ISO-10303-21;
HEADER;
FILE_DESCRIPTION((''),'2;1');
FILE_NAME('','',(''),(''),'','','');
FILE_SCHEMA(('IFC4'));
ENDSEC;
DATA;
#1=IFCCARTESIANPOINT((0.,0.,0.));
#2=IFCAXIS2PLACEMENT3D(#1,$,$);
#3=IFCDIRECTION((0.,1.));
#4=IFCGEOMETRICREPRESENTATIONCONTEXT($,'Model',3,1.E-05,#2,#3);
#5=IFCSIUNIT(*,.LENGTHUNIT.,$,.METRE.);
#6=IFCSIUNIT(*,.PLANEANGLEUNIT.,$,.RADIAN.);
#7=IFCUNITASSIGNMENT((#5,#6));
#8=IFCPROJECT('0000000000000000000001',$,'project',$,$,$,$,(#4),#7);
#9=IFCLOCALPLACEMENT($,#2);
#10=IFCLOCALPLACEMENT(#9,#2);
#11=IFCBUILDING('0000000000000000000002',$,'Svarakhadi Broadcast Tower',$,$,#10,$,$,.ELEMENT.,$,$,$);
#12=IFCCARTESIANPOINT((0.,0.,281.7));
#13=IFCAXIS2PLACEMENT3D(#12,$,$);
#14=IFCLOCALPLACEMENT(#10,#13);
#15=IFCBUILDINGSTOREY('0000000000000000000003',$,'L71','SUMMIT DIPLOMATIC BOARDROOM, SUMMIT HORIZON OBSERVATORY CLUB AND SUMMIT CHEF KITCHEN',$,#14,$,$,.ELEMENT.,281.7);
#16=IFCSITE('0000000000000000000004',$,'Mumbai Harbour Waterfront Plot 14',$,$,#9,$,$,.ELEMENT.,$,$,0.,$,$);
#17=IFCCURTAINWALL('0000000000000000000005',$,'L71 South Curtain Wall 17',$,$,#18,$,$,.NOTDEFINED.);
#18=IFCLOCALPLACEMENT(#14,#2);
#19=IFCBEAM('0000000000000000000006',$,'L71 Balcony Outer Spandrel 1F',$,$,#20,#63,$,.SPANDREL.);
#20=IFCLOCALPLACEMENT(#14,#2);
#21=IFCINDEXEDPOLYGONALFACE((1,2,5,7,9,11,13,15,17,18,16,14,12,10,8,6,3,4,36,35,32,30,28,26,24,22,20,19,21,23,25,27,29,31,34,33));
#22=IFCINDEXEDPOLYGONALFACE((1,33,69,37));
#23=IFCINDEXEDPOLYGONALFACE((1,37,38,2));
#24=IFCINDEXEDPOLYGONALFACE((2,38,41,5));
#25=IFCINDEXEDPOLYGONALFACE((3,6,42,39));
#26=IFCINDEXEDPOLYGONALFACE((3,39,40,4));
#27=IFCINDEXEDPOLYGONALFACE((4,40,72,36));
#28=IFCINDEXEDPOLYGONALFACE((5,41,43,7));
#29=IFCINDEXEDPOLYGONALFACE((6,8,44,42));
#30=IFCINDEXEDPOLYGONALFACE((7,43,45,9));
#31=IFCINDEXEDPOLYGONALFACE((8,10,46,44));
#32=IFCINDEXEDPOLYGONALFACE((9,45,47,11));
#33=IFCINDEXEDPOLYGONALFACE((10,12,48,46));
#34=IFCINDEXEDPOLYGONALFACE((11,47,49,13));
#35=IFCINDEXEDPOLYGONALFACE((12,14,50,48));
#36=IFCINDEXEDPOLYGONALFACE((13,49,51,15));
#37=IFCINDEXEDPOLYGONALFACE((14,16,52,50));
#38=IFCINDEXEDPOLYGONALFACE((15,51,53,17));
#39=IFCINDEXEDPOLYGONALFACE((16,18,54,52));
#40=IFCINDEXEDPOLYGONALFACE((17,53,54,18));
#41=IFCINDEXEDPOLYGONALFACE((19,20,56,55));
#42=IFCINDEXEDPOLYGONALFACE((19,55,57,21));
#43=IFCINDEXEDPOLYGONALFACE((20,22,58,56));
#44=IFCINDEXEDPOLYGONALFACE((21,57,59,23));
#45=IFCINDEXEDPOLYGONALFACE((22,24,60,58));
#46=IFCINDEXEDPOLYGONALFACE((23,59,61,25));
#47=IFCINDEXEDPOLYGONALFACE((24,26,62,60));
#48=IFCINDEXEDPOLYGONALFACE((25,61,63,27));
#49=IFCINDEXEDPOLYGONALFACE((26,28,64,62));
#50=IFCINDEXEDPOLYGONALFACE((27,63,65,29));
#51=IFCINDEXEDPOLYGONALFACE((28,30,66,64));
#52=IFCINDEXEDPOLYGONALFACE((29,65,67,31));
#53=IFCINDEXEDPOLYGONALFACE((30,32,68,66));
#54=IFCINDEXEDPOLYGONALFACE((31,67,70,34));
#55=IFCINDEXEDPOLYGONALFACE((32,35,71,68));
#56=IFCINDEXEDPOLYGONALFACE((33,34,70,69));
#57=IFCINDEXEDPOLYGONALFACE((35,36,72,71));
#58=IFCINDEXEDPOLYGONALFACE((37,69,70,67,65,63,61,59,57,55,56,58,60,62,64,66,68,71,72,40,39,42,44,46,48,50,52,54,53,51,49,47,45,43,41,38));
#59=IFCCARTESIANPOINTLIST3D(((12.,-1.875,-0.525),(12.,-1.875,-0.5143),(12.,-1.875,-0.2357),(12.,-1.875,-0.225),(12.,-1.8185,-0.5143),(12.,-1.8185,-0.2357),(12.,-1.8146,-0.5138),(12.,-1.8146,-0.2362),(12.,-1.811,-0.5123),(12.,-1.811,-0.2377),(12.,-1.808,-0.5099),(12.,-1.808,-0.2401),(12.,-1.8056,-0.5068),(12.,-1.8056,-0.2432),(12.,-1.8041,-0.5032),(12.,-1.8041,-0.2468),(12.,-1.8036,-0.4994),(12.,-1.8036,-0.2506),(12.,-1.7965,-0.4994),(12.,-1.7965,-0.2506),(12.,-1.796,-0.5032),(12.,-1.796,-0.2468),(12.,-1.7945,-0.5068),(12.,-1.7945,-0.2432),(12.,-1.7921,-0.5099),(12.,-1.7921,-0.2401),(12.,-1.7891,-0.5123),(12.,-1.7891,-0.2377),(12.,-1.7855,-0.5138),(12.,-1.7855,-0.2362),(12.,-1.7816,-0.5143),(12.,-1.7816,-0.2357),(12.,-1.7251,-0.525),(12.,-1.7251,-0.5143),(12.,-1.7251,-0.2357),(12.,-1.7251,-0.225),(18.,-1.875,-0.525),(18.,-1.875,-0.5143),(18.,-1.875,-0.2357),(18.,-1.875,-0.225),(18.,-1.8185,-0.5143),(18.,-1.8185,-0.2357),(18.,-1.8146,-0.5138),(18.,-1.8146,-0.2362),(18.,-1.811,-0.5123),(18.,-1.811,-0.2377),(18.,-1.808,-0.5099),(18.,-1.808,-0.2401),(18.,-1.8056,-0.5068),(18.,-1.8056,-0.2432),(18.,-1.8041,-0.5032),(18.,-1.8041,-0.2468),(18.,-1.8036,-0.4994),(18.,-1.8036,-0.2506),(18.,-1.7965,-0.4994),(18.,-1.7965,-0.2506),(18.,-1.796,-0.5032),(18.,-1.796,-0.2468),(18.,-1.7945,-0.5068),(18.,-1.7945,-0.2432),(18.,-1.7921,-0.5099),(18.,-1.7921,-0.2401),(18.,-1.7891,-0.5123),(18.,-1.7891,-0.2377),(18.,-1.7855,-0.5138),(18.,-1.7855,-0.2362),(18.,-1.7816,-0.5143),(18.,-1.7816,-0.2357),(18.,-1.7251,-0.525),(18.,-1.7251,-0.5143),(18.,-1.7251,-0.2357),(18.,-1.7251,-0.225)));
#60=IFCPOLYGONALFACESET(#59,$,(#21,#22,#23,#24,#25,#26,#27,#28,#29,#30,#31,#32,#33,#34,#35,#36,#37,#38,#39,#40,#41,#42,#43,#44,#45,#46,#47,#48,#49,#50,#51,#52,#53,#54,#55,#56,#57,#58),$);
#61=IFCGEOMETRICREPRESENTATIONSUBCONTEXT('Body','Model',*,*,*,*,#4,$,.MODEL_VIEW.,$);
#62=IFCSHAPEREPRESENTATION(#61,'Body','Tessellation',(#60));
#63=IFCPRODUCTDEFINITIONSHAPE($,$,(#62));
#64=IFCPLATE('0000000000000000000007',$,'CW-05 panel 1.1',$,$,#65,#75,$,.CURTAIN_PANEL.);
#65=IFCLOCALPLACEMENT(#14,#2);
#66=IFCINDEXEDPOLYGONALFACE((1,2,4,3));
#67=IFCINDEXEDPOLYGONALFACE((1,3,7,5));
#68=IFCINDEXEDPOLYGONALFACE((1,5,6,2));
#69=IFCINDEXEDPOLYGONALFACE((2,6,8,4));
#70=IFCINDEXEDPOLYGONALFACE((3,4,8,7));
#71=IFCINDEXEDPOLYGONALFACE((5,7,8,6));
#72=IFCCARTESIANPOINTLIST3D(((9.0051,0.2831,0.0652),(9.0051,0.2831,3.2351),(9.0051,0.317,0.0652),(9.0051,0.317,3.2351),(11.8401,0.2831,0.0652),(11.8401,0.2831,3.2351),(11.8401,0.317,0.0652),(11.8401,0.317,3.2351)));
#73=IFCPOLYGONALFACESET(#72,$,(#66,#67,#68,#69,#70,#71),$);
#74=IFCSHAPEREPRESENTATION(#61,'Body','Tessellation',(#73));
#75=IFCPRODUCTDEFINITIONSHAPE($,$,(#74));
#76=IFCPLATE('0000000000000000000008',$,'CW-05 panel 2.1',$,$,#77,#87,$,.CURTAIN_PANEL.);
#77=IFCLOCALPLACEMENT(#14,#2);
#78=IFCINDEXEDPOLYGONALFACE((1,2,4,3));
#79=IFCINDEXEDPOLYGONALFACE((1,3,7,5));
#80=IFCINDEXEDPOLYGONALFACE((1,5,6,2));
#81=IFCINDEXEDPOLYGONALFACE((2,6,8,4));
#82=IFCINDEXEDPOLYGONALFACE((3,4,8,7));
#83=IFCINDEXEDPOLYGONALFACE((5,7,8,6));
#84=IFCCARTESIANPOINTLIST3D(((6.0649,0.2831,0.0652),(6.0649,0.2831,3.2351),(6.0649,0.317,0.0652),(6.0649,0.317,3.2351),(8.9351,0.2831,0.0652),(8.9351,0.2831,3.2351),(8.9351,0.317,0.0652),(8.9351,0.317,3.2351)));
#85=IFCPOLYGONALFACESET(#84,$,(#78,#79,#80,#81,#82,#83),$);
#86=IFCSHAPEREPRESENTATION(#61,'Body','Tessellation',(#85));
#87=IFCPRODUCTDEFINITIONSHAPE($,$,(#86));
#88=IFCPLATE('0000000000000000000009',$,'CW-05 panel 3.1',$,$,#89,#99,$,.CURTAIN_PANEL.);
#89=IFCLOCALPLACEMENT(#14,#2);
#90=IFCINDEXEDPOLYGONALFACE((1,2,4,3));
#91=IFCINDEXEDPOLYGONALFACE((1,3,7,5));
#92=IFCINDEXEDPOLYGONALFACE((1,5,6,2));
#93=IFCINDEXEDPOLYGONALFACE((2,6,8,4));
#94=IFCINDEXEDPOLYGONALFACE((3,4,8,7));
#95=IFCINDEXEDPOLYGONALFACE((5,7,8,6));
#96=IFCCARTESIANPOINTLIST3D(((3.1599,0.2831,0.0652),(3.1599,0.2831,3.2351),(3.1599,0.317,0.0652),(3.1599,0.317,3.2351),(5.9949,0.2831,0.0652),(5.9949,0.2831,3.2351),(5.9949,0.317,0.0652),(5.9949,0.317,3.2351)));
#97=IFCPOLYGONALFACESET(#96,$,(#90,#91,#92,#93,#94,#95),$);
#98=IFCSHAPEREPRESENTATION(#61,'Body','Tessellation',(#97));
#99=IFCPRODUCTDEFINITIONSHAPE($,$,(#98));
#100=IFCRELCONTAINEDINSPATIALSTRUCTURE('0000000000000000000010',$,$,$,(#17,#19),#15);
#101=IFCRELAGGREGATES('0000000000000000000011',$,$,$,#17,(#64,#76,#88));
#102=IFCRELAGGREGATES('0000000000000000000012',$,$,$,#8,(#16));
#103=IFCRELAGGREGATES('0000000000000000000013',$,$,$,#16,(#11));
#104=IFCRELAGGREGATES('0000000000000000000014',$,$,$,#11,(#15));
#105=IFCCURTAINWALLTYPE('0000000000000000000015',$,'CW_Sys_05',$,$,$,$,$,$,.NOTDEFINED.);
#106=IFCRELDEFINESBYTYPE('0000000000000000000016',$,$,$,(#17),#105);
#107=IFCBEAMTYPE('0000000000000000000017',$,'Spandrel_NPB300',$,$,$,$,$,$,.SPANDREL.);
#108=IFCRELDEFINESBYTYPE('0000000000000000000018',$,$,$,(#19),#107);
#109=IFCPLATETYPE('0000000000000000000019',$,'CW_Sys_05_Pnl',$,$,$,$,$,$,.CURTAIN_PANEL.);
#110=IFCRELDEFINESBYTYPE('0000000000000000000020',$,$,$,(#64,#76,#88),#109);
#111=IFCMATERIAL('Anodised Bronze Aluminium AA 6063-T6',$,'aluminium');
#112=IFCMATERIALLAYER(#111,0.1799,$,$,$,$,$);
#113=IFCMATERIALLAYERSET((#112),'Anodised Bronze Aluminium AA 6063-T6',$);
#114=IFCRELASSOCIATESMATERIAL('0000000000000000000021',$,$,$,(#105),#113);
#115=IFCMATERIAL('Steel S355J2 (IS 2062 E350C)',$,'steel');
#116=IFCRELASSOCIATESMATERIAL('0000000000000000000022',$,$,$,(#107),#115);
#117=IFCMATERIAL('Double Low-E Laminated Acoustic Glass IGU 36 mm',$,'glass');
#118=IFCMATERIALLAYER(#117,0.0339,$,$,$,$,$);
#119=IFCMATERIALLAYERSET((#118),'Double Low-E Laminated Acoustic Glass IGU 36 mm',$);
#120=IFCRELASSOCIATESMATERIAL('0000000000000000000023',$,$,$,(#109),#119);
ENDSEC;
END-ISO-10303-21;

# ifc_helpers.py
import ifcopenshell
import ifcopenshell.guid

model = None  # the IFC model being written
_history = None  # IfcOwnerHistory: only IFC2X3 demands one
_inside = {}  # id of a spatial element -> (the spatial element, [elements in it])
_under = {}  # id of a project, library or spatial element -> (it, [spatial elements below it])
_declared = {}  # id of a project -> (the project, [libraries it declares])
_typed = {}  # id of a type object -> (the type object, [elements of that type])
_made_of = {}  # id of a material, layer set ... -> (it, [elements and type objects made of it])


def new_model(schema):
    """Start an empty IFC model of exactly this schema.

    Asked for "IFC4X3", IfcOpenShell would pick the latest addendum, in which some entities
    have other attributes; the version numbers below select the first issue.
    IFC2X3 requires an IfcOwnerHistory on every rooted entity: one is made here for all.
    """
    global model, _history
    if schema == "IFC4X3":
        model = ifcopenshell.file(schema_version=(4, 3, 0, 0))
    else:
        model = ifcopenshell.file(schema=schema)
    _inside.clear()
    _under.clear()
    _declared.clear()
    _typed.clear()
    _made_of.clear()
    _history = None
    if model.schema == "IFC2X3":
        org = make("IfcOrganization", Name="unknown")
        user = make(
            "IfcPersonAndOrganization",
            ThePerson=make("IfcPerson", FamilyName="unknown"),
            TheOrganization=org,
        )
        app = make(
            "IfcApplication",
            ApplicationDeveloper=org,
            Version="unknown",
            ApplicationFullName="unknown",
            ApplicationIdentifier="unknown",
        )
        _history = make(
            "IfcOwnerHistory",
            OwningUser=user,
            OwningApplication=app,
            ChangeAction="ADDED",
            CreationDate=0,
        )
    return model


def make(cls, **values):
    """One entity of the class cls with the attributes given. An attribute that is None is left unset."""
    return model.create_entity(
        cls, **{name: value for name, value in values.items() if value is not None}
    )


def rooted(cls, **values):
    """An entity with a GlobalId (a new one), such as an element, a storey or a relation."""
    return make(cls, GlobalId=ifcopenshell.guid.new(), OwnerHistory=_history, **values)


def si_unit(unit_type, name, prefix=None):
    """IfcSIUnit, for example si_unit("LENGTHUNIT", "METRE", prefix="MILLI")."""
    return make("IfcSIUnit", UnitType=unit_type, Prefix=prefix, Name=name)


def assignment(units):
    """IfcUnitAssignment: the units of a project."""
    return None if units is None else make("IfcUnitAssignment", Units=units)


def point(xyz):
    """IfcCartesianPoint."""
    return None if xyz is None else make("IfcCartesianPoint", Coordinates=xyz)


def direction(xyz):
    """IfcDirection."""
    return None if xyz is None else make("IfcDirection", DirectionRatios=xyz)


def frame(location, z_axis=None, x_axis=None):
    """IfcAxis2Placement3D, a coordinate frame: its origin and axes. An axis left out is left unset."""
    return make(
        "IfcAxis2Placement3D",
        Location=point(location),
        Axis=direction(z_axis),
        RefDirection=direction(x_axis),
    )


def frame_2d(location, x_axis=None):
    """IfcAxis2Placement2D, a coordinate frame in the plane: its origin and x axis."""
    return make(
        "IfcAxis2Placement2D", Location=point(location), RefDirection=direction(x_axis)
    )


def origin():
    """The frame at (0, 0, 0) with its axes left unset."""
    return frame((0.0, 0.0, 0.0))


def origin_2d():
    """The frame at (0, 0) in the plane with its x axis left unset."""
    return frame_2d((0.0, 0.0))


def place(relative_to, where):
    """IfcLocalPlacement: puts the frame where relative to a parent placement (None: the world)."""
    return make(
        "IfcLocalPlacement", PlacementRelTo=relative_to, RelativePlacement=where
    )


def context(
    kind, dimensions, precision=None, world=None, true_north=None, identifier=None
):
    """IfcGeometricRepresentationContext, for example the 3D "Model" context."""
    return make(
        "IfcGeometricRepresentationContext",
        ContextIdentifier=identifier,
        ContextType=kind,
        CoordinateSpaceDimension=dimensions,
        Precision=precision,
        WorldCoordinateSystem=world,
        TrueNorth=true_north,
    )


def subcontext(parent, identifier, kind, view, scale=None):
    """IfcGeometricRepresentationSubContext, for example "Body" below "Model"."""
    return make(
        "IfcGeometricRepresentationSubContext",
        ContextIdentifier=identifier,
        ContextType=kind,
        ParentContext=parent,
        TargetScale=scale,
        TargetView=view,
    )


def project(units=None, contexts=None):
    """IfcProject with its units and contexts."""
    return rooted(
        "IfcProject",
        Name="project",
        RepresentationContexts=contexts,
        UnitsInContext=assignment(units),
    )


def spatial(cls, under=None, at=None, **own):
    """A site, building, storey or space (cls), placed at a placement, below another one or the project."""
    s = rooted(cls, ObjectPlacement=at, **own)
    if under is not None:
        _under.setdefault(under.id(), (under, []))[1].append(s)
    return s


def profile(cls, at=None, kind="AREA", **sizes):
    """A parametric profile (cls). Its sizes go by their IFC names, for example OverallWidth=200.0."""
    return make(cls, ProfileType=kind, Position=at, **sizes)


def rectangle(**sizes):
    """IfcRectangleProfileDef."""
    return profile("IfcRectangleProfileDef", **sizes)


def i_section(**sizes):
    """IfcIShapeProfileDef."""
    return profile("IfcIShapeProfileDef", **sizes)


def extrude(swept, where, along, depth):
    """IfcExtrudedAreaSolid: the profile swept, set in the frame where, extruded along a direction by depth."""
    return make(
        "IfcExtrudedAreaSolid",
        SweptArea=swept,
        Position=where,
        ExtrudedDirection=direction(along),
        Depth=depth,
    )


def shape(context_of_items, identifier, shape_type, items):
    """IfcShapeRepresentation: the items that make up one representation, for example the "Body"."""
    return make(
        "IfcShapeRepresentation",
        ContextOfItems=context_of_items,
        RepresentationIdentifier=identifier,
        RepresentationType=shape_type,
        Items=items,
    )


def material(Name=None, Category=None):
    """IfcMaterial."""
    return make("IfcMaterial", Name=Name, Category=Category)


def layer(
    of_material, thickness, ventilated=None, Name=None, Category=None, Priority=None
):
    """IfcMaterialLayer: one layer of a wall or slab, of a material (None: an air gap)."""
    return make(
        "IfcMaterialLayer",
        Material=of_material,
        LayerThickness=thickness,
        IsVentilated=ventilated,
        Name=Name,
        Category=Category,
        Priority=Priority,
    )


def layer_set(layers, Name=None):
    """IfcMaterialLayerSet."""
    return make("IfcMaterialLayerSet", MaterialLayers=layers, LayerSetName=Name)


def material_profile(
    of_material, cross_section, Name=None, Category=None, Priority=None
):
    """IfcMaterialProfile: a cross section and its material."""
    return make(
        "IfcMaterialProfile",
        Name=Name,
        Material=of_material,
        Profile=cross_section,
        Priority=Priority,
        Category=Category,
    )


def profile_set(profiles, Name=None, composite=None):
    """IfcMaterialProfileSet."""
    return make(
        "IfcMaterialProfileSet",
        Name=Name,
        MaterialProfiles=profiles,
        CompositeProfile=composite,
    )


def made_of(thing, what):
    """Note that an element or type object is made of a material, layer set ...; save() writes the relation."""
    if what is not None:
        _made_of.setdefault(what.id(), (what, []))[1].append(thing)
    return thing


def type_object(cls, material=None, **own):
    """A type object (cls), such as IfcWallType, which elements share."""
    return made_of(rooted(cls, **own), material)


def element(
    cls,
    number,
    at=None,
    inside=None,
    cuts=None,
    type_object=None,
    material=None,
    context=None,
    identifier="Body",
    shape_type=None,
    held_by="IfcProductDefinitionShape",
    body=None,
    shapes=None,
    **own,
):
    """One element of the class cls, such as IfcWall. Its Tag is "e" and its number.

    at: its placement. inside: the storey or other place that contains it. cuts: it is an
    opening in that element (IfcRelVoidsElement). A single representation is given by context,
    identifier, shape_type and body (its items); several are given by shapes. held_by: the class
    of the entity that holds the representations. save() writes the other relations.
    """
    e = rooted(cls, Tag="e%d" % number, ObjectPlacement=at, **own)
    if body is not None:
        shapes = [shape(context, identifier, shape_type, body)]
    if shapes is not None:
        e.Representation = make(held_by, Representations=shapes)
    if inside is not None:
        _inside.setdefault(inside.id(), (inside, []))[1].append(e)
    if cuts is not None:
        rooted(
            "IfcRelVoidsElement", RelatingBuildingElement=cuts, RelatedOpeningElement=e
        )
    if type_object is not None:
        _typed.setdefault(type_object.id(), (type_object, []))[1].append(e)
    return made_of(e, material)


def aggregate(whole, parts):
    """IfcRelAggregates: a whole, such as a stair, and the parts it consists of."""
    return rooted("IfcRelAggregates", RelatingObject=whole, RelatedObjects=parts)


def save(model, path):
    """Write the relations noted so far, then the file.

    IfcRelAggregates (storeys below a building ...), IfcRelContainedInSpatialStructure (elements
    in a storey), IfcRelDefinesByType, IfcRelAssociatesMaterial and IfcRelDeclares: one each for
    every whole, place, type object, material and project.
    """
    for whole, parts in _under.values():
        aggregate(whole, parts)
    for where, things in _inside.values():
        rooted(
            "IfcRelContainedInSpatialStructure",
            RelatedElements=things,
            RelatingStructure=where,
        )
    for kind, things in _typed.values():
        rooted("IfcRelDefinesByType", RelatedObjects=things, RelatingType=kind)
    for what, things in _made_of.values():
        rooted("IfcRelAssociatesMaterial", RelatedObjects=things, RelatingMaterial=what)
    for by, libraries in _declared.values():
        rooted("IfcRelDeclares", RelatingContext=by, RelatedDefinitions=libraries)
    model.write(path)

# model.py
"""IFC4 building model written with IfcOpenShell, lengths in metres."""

from ifc_helpers import new_model, si_unit, direction, frame, origin, origin_2d, place, context, subcontext, project, spatial, rectangle, i_section, extrude, material, layer, layer_set, material_profile, profile_set, type_object, element, aggregate, save


model = new_model("IFC4")

# Units and contexts
model_context = context("Model", 3, precision=1e-05, world=origin(), true_north=direction((0.0, 1.0)))
body_context = subcontext(model_context, "Body", "Model", "MODEL_VIEW")
ifc_project = project(units=[si_unit("LENGTHUNIT", "METRE"), si_unit("PLANEANGLEUNIT", "RADIAN")], contexts=[model_context])

# Site, building, storey
site_placement = place(None, origin())
site = spatial("IfcSite", under=ifc_project, at=site_placement, Name="Mumbai Harbour Waterfront Plot 14", CompositionType="ELEMENT", RefElevation=0.0)
building_placement = place(site_placement, origin())
building = spatial("IfcBuilding", under=site, at=building_placement, Name="Svarakhadi Broadcast Tower", CompositionType="ELEMENT")
storey_placement = place(building_placement, frame((0.0, 0.0, 281.7)))
storey = spatial("IfcBuildingStorey", under=building, at=storey_placement, Name="L71", Description="SUMMIT DIPLOMATIC BOARDROOM, SUMMIT HORIZON OBSERVATORY CLUB AND SUMMIT CHEF KITCHEN", CompositionType="ELEMENT", Elevation=281.7)

# Curtain wall
ifc_material_1 = material(Name="Anodised Bronze Aluminium AA 6063-T6", Category="aluminium")
ifc_layer_1 = layer(ifc_material_1, 0.1799)
ifc_layer_set_1 = layer_set([ifc_layer_1], Name="Anodised Bronze Aluminium AA 6063-T6")
curtain_wall_type = type_object("IfcCurtainWallType", Name="CW_Sys_05", PredefinedType="NOTDEFINED", material=ifc_layer_set_1)
curtain_wall_placement = place(storey_placement, origin())
curtain_wall = element("IfcCurtainWall", 1, at=curtain_wall_placement, inside=storey, type_object=curtain_wall_type, Name="L71 South Curtain Wall 17", PredefinedType="NOTDEFINED")

# Beam
ifc_material_2 = material(Name="Steel S355J2 (IS 2062 E350C)", Category="steel")
ifc_material_profile_1 = material_profile(ifc_material_2, i_section(OverallWidth=0.1499, OverallDepth=0.3, WebThickness=0.0071, FlangeThickness=0.0107, FilletRadius=0.0149, at=origin_2d()), Name="NPB 300x150x37")
ifc_profile_set_1 = profile_set([ifc_material_profile_1], Name="Steel S355J2 (IS 2062 E350C)")
beam_type_1 = type_object("IfcBeamType", Name="Spandrel_NPB300", PredefinedType="SPANDREL", material=ifc_profile_set_1)
beam_1_placement = place(storey_placement, frame((12.0, -1.8, -0.375), z_axis=(1.0, 0.0, 0.0), x_axis=(0.0, 1.0, 0.0)))
element("IfcBeam", 2, at=beam_1_placement, inside=storey, type_object=beam_type_1, Name="L71 Balcony Outer Spandrel 1F", PredefinedType="SPANDREL", context=body_context, shape_type="SweptSolid", body=[
    extrude(i_section(OverallWidth=0.1499, OverallDepth=0.3, WebThickness=0.0071, FlangeThickness=0.0107, FilletRadius=0.0149, at=origin_2d()), origin(), (0.0, 0.0, 1.0), 6.0),
])

# Plates
ifc_material_3 = material(Name="Double Low-E Laminated Acoustic Glass IGU 36 mm", Category="glass")
ifc_layer_2 = layer(ifc_material_3, 0.0339)
ifc_layer_set_2 = layer_set([ifc_layer_2], Name="Double Low-E Laminated Acoustic Glass IGU 36 mm")
plate_type = type_object("IfcPlateType", Name="CW_Sys_05_Pnl", PredefinedType="CURTAIN_PANEL", material=ifc_layer_set_2)
plate_1_placement = place(storey_placement, frame((10.4226, 0.3, 0.0652), z_axis=(0.0, 0.0, 1.0), x_axis=(-1.0, 0.0, 0.0)))
plate_1 = element("IfcPlate", 3, at=plate_1_placement, type_object=plate_type, Name="CW-05 panel 1.1", PredefinedType="CURTAIN_PANEL", context=body_context, shape_type="SweptSolid", body=[
    extrude(rectangle(XDim=2.835, YDim=0.0339, at=origin_2d()), origin(), (0.0, 0.0, 1.0), 3.1699),
])
plate_2_placement = place(storey_placement, frame((7.5, 0.3, 0.0652), z_axis=(0.0, 0.0, 1.0), x_axis=(-1.0, 0.0, 0.0)))
plate_2 = element("IfcPlate", 4, at=plate_2_placement, type_object=plate_type, Name="CW-05 panel 2.1", PredefinedType="CURTAIN_PANEL", context=body_context, shape_type="SweptSolid", body=[
    extrude(rectangle(XDim=2.8701, YDim=0.0339, at=origin_2d()), origin(), (0.0, 0.0, 1.0), 3.1699),
])
plate_3_placement = place(storey_placement, frame((4.5774, 0.3, 0.0652), z_axis=(0.0, 0.0, 1.0), x_axis=(-1.0, 0.0, 0.0)))
plate_3 = element("IfcPlate", 5, at=plate_3_placement, type_object=plate_type, Name="CW-05 panel 3.1", PredefinedType="CURTAIN_PANEL", context=body_context, shape_type="SweptSolid", body=[
    extrude(rectangle(XDim=2.835, YDim=0.0339, at=origin_2d()), origin(), (0.0, 0.0, 1.0), 3.1699),
])
aggregate(curtain_wall, [plate_1, plate_2, plate_3])

save(model, "model.ifc")
